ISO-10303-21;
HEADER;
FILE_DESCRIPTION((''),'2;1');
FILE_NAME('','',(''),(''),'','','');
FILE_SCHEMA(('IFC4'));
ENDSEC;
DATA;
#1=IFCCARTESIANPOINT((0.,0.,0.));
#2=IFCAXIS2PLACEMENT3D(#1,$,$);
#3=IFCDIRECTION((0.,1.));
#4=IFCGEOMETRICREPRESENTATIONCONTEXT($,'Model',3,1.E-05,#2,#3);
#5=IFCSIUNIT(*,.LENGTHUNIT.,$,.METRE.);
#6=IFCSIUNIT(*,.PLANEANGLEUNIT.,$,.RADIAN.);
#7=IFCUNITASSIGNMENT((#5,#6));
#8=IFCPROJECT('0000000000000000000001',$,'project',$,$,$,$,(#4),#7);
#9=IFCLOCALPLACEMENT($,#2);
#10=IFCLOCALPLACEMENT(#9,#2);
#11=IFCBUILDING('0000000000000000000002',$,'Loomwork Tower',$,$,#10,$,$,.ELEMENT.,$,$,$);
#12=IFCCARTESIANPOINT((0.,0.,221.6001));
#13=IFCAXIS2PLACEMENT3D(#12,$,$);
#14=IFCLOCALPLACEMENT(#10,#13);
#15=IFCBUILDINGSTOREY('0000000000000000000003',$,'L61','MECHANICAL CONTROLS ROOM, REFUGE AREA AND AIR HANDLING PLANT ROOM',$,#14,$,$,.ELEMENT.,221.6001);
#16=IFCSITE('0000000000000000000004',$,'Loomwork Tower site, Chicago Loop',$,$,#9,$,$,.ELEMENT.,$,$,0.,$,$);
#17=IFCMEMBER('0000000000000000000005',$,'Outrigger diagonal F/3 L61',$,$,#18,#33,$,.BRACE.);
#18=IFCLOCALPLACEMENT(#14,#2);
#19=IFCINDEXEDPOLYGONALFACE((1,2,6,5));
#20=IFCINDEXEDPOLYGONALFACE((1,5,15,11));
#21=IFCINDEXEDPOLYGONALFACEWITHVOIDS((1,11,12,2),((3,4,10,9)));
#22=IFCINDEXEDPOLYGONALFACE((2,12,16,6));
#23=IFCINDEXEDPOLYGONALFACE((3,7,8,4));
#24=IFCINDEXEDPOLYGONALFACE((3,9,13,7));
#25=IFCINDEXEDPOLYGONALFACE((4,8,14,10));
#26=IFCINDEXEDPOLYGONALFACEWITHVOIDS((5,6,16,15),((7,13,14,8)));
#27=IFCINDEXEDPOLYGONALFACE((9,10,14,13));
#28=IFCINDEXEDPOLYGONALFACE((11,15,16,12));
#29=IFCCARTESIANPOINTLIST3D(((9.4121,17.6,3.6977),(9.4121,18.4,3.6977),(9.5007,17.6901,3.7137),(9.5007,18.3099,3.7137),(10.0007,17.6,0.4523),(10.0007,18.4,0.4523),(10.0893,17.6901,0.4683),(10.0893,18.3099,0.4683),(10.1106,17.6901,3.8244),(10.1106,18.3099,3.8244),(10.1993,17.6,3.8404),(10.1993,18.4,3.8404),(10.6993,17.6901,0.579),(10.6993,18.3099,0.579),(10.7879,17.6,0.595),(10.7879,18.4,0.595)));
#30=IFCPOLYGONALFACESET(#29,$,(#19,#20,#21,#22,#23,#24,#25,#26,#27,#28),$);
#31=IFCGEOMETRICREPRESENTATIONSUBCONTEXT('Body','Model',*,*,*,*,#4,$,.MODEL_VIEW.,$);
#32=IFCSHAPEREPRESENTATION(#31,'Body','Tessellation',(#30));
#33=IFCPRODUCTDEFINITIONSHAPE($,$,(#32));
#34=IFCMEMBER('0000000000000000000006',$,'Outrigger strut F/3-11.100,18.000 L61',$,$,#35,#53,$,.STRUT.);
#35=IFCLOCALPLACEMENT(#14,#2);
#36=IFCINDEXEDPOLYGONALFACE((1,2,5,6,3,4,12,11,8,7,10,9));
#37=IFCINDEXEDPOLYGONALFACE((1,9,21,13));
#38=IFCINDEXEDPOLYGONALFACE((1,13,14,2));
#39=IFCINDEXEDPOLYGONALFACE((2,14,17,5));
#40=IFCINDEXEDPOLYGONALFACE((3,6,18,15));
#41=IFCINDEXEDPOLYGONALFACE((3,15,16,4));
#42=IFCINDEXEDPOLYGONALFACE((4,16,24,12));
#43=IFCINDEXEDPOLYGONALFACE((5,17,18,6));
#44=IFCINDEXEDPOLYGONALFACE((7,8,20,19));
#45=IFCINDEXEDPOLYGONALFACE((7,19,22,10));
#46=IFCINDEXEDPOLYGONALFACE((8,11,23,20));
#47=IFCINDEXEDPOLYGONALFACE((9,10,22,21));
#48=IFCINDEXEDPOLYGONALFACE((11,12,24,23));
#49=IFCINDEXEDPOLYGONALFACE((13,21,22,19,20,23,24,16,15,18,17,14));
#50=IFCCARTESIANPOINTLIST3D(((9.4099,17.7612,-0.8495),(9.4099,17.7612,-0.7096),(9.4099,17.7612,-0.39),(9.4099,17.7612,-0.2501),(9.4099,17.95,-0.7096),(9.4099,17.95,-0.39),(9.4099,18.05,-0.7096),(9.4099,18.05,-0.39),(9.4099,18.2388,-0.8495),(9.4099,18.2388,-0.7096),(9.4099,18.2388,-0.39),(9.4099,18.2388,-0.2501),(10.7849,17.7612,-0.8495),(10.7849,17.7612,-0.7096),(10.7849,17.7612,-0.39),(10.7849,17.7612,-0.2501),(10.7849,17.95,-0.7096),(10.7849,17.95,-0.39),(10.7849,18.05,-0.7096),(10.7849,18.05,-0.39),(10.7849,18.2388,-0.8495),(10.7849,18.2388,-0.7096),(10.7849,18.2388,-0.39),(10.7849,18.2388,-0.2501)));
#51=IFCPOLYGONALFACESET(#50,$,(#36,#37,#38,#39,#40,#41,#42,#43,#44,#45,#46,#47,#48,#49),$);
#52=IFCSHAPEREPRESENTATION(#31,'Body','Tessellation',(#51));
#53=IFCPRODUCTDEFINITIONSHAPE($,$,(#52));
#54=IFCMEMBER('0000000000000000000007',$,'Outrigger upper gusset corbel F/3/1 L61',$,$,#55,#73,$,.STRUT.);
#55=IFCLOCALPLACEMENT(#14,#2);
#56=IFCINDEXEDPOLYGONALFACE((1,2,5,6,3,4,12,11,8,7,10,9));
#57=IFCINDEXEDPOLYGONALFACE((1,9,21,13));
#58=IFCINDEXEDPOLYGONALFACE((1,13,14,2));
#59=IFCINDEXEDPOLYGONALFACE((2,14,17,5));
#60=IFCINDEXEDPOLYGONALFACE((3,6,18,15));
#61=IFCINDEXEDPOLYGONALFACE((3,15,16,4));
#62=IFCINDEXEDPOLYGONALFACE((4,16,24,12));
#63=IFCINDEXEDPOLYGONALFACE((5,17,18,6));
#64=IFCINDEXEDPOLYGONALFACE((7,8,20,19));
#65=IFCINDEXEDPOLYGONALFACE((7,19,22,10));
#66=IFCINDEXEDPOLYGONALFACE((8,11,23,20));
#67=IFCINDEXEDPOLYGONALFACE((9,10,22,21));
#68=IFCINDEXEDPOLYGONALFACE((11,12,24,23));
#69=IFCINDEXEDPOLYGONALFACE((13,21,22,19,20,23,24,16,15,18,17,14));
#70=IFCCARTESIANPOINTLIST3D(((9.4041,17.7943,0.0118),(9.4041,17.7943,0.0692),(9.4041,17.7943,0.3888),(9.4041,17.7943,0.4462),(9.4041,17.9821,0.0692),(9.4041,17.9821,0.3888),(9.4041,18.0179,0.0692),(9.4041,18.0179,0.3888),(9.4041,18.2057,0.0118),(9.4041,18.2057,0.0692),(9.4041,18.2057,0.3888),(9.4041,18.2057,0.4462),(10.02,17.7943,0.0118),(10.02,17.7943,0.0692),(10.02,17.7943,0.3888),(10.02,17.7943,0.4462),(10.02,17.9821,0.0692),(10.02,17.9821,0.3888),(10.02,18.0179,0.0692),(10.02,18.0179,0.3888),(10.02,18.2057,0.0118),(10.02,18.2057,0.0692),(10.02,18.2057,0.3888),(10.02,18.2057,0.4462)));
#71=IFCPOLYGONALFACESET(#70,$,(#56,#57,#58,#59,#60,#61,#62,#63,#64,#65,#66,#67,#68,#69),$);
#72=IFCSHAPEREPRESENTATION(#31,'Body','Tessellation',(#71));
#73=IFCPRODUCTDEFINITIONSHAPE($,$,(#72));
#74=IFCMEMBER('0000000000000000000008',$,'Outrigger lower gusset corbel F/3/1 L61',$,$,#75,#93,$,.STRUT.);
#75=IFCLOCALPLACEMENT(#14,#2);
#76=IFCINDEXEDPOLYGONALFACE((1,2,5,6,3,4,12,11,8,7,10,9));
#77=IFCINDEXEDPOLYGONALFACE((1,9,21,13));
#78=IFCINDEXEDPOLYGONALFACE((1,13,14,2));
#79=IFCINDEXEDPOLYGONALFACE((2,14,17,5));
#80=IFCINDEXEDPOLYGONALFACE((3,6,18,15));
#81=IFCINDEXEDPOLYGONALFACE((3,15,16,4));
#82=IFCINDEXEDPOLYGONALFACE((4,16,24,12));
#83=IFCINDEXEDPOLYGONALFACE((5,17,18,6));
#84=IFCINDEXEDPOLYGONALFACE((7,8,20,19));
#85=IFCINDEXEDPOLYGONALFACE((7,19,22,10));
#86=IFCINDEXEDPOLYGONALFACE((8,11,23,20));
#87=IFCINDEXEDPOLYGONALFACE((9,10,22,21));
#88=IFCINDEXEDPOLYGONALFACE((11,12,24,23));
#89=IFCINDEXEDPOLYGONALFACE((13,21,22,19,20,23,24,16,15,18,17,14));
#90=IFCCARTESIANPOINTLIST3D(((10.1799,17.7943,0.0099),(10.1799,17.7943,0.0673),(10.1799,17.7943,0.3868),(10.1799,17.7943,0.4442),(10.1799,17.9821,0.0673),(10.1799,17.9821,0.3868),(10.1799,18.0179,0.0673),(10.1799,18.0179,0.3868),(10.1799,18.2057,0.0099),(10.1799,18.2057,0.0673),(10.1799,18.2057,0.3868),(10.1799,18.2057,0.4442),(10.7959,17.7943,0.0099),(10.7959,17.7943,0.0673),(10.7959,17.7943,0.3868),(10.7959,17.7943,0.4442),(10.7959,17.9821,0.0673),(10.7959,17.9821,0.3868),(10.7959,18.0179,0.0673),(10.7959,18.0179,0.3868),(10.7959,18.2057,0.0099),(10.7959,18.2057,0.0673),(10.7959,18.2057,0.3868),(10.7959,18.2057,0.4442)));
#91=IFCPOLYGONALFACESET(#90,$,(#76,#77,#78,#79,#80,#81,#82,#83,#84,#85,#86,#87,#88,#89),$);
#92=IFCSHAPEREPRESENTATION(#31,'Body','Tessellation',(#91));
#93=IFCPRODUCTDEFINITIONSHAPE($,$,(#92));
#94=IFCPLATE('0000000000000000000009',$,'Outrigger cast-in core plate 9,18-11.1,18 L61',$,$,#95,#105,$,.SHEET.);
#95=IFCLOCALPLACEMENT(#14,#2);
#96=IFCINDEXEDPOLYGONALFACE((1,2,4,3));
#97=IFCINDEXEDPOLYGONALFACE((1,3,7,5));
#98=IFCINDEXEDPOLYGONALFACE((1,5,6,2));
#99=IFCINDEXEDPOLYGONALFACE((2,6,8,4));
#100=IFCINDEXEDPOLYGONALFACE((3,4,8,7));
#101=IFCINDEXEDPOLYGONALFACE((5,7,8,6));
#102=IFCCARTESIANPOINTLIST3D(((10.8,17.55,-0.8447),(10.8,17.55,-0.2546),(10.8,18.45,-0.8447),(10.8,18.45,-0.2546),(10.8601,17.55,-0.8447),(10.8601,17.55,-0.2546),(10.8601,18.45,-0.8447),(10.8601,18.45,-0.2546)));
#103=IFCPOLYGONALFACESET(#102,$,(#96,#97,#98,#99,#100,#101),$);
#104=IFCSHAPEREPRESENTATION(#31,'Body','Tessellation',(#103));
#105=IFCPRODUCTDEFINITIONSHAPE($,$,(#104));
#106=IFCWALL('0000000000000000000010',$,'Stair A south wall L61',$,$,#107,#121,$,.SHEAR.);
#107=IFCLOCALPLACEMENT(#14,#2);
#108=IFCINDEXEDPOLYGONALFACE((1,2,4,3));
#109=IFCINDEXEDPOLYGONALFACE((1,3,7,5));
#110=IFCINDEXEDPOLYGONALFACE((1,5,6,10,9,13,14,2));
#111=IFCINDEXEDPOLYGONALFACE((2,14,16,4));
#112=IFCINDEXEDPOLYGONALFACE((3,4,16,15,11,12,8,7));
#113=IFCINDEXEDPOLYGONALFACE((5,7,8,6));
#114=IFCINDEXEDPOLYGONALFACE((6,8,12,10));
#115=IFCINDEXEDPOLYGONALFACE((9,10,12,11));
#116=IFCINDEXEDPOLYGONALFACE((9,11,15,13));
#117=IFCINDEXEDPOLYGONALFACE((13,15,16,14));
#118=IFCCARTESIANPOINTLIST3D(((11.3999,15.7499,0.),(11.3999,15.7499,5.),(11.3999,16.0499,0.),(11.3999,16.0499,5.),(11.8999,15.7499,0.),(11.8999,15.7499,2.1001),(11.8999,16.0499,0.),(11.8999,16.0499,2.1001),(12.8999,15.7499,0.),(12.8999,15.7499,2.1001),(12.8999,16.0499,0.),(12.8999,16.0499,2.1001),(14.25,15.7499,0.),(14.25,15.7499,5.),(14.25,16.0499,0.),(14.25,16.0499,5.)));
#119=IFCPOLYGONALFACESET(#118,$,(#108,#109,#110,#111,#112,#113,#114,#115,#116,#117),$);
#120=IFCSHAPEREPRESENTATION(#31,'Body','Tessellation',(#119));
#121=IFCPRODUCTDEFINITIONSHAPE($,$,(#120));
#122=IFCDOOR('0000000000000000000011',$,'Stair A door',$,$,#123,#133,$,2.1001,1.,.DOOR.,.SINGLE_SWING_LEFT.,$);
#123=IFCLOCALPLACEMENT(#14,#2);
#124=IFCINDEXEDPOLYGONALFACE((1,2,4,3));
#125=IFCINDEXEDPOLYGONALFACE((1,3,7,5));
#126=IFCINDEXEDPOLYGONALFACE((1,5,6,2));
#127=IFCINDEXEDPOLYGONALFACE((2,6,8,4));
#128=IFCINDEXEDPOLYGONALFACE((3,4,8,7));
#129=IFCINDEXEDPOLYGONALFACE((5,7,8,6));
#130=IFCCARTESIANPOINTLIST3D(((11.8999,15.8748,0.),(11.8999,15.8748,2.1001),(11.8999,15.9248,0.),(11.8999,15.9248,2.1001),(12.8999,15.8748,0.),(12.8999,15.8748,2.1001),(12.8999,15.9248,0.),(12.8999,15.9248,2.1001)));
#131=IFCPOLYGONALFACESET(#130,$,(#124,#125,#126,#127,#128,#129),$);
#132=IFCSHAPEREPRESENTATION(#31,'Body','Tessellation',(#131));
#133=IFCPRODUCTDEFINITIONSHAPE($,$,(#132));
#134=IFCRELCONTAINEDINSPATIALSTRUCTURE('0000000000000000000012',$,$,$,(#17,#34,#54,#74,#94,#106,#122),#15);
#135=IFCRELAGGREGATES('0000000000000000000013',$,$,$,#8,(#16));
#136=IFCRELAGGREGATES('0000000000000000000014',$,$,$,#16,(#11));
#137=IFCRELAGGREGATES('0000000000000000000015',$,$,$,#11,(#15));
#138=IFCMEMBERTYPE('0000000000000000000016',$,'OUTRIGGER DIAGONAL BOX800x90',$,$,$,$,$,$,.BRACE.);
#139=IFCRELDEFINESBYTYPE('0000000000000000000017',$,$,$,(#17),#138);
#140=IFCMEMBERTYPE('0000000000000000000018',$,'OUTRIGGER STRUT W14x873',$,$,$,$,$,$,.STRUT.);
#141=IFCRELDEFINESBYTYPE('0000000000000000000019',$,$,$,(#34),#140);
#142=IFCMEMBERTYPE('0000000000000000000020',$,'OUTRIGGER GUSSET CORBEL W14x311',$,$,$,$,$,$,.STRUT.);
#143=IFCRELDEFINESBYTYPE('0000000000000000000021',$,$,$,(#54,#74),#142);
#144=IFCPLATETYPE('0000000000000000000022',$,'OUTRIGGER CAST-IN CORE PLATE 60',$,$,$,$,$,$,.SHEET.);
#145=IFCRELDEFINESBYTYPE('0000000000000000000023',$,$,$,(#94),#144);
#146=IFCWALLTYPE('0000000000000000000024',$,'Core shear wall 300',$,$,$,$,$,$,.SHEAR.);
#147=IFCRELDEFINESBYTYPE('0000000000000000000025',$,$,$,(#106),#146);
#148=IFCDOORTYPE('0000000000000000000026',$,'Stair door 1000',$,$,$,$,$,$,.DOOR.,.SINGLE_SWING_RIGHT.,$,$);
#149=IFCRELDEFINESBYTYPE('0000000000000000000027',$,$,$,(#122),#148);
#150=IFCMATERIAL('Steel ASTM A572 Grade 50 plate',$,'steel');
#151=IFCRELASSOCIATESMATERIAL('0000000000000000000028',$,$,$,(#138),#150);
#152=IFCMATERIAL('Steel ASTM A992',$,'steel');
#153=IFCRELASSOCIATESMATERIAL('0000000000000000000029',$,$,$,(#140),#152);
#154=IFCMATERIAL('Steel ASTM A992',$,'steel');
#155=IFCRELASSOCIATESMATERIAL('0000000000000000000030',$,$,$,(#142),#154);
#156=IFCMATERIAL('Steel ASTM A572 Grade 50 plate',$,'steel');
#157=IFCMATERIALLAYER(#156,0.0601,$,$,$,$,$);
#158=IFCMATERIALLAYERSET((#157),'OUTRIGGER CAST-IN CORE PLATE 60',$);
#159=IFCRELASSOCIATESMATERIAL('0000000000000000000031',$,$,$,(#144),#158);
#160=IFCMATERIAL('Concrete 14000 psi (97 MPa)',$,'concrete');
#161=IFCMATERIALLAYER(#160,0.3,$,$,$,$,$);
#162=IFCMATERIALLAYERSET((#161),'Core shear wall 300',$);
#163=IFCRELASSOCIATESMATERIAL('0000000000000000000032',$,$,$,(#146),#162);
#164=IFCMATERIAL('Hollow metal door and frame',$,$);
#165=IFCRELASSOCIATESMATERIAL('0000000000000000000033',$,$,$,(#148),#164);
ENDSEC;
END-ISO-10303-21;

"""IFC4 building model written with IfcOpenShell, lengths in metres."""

from ifc_helpers import new_model, si_unit, direction, frame, frame_2d, origin, origin_2d, place, context, subcontext, project, spatial, rectangle, hollow_rectangle, i_section, extrude, material, layer, layer_set, material_profile, profile_set, type_object, element, fill, save


model = new_model("IFC4")

# Units and contexts
model_context = context("Model", 3, precision=1e-05, world=origin(), true_north=direction((0.0, 1.0)))
body_context = subcontext(model_context, "Body", "Model", "MODEL_VIEW")
ifc_project = project(units=[si_unit("LENGTHUNIT", "METRE"), si_unit("PLANEANGLEUNIT", "RADIAN")], contexts=[model_context])

# Site, building, storey
site_placement = place(None, origin())
site = spatial("IfcSite", under=ifc_project, at=site_placement, Name="Loomwork Tower site, Chicago Loop", CompositionType="ELEMENT", RefElevation=0.0)
building_placement = place(site_placement, origin())
building = spatial("IfcBuilding", under=site, at=building_placement, Name="Loomwork Tower", CompositionType="ELEMENT")
storey_placement = place(building_placement, frame((0.0, 0.0, 221.6001)))
storey = spatial("IfcBuildingStorey", under=building, at=storey_placement, Name="L61", Description="MECHANICAL CONTROLS ROOM, REFUGE AREA AND AIR HANDLING PLANT ROOM", CompositionType="ELEMENT", Elevation=221.6001)

# Members
ifc_material_1 = material(Name="Steel ASTM A572 Grade 50 plate", Category="steel")
ifc_material_profile_1 = material_profile(ifc_material_1, hollow_rectangle(XDim=0.8, YDim=0.8, WallThickness=0.0901, at=origin_2d()), Name="BOX800x90")
ifc_profile_set_1 = profile_set([ifc_material_profile_1], Name="Steel ASTM A572 Grade 50 plate")
member_type_1 = type_object("IfcMemberType", Name="OUTRIGGER DIAGONAL BOX800x90", PredefinedType="BRACE", material=ifc_profile_set_1)
member_1_placement = place(storey_placement, frame((9.8057, 18.0, 3.769), z_axis=(0.178462, 0.0, -0.983947), x_axis=(0.0, 1.0, 0.0)))
element("IfcMember", 1, at=member_1_placement, inside=storey, type_object=member_type_1, Name="Outrigger diagonal F/3 L61", PredefinedType="BRACE", context=body_context, shape_type="SweptSolid", body=[
    extrude(hollow_rectangle(XDim=0.8, YDim=0.8, WallThickness=0.0901, at=origin_2d()), origin(), (0.0, 0.0, 1.0), 3.2983),
])
ifc_material_2 = material(Name="Steel ASTM A992", Category="steel")
ifc_material_profile_2 = material_profile(ifc_material_2, i_section(OverallWidth=0.4775, OverallDepth=0.5994, WebThickness=0.1001, FlangeThickness=0.1399, at=origin_2d()), Name="W14x873")
ifc_profile_set_2 = profile_set([ifc_material_profile_2], Name="Steel ASTM A992")
member_type_2 = type_object("IfcMemberType", Name="OUTRIGGER STRUT W14x873", PredefinedType="STRUT", material=ifc_profile_set_2)
member_2_placement = place(storey_placement, frame((9.4099, 18.0, -0.5498), z_axis=(1.0, 0.0, 0.0), x_axis=(0.0, 1.0, 0.0)))
element("IfcMember", 2, at=member_2_placement, inside=storey, type_object=member_type_2, Name="Outrigger strut F/3-11.100,18.000 L61", PredefinedType="STRUT", context=body_context, shape_type="SweptSolid", body=[
    extrude(i_section(OverallWidth=0.4775, OverallDepth=0.5994, WebThickness=0.1001, FlangeThickness=0.1399, at=origin_2d()), origin(), (0.0, 0.0, 1.0), 1.375),
])
ifc_material_3 = material(Name="Steel ASTM A992", Category="steel")
ifc_material_profile_3 = material_profile(ifc_material_3, i_section(OverallWidth=0.4114, OverallDepth=0.4343, WebThickness=0.0359, FlangeThickness=0.0574, at=origin_2d()), Name="W14x311")
ifc_profile_set_3 = profile_set([ifc_material_profile_3], Name="Steel ASTM A992")
member_type_3 = type_object("IfcMemberType", Name="OUTRIGGER GUSSET CORBEL W14x311", PredefinedType="STRUT", material=ifc_profile_set_3)
for number, where, z_axis, x_axis, name in (
    (3, (9.4041, 18.0, 0.229), (1.0, 0.0, 0.0), (0.0, 1.0, 0.0), "Outrigger upper gusset corbel F/3/1 L61"),
    (4, (10.7959, 18.0, 0.2271), (-1.0, 0.0, 0.0), (0.0, -1.0, 0.0), "Outrigger lower gusset corbel F/3/1 L61"),
):
    element("IfcMember", number, at=place(storey_placement, frame(where, z_axis=z_axis, x_axis=x_axis)), inside=storey, type_object=member_type_3, Name=name, PredefinedType="STRUT", context=body_context, shape_type="SweptSolid", body=[
        extrude(i_section(OverallWidth=0.4114, OverallDepth=0.4343, WebThickness=0.0359, FlangeThickness=0.0574, at=origin_2d()), origin(), (0.0, 0.0, 1.0), 0.616),
    ])

# Plate
ifc_material_4 = material(Name="Steel ASTM A572 Grade 50 plate", Category="steel")
ifc_layer_1 = layer(ifc_material_4, 0.0601)
ifc_layer_set_1 = layer_set([ifc_layer_1], Name="OUTRIGGER CAST-IN CORE PLATE 60")
plate_type = type_object("IfcPlateType", Name="OUTRIGGER CAST-IN CORE PLATE 60", PredefinedType="SHEET", material=ifc_layer_set_1)
plate_placement = place(storey_placement, frame((10.8301, 18.0, -0.8447), z_axis=(0.0, 0.0, 1.0), x_axis=(0.0, 1.0, 0.0)))
element("IfcPlate", 5, at=plate_placement, inside=storey, type_object=plate_type, Name="Outrigger cast-in core plate 9,18-11.1,18 L61", PredefinedType="SHEET", context=body_context, shape_type="SweptSolid", body=[
    extrude(rectangle(XDim=0.8999, YDim=0.0601, at=origin_2d()), origin(), (0.0, 0.0, 1.0), 0.5901),
])

# Wall, opening, door
ifc_material_5 = material(Name="Concrete 14000 psi (97 MPa)", Category="concrete")
ifc_layer_2 = layer(ifc_material_5, 0.3)
ifc_layer_set_2 = layer_set([ifc_layer_2], Name="Core shear wall 300")
wall_type_1 = type_object("IfcWallType", Name="Core shear wall 300", PredefinedType="SHEAR", material=ifc_layer_set_2)
wall_1_placement = place(storey_placement, frame((11.3999, 15.8999, 0.0), z_axis=(0.0, 0.0, 1.0), x_axis=(1.0, 0.0, 0.0)))
wall_1 = element("IfcWall", 6, at=wall_1_placement, inside=storey, type_object=wall_type_1, Name="Stair A south wall L61", PredefinedType="SHEAR", context=body_context, shape_type="SweptSolid", body=[
    extrude(rectangle(XDim=2.8501, YDim=0.3, at=frame_2d((1.425, 0.0))), origin(), (0.0, 0.0, 1.0), 5.0),
])
opening_1_placement = place(wall_1_placement, frame((0.5, 0.0, 0.0)))
opening_1 = element("IfcOpeningElement", 7, at=opening_1_placement, cuts=wall_1, PredefinedType="OPENING", context=body_context, shape_type="SweptSolid", body=[
    extrude(rectangle(XDim=1.0, YDim=2.1001, at=frame_2d((0.5, 1.05))), frame((0.0, 0.1599, 0.0), z_axis=(0.0, -1.0, 0.0), x_axis=(1.0, 0.0, 0.0)), (0.0, 0.0, 1.0), 0.3201),
])
ifc_material_6 = material(Name="Hollow metal door and frame")
door_type_1 = type_object("IfcDoorType", Name="Stair door 1000", OperationType="SINGLE_SWING_RIGHT", PredefinedType="DOOR", material=ifc_material_6)
door_1_placement = place(opening_1_placement, origin())
door_1 = element("IfcDoor", 8, at=door_1_placement, inside=storey, type_object=door_type_1, Name="Stair A door", OperationType="SINGLE_SWING_LEFT", OverallHeight=2.1001, OverallWidth=1.0, PredefinedType="DOOR", context=body_context, shape_type="SweptSolid", body=[
    extrude(rectangle(XDim=1.0, YDim=2.1001, at=frame_2d((0.5, 1.05))), frame((0.0, 0.0249, 0.0), z_axis=(0.0, -1.0, 0.0), x_axis=(1.0, 0.0, 0.0)), (0.0, 0.0, 1.0), 0.05),
])
fill(opening_1, door_1)

save(model, "model.ifc")
